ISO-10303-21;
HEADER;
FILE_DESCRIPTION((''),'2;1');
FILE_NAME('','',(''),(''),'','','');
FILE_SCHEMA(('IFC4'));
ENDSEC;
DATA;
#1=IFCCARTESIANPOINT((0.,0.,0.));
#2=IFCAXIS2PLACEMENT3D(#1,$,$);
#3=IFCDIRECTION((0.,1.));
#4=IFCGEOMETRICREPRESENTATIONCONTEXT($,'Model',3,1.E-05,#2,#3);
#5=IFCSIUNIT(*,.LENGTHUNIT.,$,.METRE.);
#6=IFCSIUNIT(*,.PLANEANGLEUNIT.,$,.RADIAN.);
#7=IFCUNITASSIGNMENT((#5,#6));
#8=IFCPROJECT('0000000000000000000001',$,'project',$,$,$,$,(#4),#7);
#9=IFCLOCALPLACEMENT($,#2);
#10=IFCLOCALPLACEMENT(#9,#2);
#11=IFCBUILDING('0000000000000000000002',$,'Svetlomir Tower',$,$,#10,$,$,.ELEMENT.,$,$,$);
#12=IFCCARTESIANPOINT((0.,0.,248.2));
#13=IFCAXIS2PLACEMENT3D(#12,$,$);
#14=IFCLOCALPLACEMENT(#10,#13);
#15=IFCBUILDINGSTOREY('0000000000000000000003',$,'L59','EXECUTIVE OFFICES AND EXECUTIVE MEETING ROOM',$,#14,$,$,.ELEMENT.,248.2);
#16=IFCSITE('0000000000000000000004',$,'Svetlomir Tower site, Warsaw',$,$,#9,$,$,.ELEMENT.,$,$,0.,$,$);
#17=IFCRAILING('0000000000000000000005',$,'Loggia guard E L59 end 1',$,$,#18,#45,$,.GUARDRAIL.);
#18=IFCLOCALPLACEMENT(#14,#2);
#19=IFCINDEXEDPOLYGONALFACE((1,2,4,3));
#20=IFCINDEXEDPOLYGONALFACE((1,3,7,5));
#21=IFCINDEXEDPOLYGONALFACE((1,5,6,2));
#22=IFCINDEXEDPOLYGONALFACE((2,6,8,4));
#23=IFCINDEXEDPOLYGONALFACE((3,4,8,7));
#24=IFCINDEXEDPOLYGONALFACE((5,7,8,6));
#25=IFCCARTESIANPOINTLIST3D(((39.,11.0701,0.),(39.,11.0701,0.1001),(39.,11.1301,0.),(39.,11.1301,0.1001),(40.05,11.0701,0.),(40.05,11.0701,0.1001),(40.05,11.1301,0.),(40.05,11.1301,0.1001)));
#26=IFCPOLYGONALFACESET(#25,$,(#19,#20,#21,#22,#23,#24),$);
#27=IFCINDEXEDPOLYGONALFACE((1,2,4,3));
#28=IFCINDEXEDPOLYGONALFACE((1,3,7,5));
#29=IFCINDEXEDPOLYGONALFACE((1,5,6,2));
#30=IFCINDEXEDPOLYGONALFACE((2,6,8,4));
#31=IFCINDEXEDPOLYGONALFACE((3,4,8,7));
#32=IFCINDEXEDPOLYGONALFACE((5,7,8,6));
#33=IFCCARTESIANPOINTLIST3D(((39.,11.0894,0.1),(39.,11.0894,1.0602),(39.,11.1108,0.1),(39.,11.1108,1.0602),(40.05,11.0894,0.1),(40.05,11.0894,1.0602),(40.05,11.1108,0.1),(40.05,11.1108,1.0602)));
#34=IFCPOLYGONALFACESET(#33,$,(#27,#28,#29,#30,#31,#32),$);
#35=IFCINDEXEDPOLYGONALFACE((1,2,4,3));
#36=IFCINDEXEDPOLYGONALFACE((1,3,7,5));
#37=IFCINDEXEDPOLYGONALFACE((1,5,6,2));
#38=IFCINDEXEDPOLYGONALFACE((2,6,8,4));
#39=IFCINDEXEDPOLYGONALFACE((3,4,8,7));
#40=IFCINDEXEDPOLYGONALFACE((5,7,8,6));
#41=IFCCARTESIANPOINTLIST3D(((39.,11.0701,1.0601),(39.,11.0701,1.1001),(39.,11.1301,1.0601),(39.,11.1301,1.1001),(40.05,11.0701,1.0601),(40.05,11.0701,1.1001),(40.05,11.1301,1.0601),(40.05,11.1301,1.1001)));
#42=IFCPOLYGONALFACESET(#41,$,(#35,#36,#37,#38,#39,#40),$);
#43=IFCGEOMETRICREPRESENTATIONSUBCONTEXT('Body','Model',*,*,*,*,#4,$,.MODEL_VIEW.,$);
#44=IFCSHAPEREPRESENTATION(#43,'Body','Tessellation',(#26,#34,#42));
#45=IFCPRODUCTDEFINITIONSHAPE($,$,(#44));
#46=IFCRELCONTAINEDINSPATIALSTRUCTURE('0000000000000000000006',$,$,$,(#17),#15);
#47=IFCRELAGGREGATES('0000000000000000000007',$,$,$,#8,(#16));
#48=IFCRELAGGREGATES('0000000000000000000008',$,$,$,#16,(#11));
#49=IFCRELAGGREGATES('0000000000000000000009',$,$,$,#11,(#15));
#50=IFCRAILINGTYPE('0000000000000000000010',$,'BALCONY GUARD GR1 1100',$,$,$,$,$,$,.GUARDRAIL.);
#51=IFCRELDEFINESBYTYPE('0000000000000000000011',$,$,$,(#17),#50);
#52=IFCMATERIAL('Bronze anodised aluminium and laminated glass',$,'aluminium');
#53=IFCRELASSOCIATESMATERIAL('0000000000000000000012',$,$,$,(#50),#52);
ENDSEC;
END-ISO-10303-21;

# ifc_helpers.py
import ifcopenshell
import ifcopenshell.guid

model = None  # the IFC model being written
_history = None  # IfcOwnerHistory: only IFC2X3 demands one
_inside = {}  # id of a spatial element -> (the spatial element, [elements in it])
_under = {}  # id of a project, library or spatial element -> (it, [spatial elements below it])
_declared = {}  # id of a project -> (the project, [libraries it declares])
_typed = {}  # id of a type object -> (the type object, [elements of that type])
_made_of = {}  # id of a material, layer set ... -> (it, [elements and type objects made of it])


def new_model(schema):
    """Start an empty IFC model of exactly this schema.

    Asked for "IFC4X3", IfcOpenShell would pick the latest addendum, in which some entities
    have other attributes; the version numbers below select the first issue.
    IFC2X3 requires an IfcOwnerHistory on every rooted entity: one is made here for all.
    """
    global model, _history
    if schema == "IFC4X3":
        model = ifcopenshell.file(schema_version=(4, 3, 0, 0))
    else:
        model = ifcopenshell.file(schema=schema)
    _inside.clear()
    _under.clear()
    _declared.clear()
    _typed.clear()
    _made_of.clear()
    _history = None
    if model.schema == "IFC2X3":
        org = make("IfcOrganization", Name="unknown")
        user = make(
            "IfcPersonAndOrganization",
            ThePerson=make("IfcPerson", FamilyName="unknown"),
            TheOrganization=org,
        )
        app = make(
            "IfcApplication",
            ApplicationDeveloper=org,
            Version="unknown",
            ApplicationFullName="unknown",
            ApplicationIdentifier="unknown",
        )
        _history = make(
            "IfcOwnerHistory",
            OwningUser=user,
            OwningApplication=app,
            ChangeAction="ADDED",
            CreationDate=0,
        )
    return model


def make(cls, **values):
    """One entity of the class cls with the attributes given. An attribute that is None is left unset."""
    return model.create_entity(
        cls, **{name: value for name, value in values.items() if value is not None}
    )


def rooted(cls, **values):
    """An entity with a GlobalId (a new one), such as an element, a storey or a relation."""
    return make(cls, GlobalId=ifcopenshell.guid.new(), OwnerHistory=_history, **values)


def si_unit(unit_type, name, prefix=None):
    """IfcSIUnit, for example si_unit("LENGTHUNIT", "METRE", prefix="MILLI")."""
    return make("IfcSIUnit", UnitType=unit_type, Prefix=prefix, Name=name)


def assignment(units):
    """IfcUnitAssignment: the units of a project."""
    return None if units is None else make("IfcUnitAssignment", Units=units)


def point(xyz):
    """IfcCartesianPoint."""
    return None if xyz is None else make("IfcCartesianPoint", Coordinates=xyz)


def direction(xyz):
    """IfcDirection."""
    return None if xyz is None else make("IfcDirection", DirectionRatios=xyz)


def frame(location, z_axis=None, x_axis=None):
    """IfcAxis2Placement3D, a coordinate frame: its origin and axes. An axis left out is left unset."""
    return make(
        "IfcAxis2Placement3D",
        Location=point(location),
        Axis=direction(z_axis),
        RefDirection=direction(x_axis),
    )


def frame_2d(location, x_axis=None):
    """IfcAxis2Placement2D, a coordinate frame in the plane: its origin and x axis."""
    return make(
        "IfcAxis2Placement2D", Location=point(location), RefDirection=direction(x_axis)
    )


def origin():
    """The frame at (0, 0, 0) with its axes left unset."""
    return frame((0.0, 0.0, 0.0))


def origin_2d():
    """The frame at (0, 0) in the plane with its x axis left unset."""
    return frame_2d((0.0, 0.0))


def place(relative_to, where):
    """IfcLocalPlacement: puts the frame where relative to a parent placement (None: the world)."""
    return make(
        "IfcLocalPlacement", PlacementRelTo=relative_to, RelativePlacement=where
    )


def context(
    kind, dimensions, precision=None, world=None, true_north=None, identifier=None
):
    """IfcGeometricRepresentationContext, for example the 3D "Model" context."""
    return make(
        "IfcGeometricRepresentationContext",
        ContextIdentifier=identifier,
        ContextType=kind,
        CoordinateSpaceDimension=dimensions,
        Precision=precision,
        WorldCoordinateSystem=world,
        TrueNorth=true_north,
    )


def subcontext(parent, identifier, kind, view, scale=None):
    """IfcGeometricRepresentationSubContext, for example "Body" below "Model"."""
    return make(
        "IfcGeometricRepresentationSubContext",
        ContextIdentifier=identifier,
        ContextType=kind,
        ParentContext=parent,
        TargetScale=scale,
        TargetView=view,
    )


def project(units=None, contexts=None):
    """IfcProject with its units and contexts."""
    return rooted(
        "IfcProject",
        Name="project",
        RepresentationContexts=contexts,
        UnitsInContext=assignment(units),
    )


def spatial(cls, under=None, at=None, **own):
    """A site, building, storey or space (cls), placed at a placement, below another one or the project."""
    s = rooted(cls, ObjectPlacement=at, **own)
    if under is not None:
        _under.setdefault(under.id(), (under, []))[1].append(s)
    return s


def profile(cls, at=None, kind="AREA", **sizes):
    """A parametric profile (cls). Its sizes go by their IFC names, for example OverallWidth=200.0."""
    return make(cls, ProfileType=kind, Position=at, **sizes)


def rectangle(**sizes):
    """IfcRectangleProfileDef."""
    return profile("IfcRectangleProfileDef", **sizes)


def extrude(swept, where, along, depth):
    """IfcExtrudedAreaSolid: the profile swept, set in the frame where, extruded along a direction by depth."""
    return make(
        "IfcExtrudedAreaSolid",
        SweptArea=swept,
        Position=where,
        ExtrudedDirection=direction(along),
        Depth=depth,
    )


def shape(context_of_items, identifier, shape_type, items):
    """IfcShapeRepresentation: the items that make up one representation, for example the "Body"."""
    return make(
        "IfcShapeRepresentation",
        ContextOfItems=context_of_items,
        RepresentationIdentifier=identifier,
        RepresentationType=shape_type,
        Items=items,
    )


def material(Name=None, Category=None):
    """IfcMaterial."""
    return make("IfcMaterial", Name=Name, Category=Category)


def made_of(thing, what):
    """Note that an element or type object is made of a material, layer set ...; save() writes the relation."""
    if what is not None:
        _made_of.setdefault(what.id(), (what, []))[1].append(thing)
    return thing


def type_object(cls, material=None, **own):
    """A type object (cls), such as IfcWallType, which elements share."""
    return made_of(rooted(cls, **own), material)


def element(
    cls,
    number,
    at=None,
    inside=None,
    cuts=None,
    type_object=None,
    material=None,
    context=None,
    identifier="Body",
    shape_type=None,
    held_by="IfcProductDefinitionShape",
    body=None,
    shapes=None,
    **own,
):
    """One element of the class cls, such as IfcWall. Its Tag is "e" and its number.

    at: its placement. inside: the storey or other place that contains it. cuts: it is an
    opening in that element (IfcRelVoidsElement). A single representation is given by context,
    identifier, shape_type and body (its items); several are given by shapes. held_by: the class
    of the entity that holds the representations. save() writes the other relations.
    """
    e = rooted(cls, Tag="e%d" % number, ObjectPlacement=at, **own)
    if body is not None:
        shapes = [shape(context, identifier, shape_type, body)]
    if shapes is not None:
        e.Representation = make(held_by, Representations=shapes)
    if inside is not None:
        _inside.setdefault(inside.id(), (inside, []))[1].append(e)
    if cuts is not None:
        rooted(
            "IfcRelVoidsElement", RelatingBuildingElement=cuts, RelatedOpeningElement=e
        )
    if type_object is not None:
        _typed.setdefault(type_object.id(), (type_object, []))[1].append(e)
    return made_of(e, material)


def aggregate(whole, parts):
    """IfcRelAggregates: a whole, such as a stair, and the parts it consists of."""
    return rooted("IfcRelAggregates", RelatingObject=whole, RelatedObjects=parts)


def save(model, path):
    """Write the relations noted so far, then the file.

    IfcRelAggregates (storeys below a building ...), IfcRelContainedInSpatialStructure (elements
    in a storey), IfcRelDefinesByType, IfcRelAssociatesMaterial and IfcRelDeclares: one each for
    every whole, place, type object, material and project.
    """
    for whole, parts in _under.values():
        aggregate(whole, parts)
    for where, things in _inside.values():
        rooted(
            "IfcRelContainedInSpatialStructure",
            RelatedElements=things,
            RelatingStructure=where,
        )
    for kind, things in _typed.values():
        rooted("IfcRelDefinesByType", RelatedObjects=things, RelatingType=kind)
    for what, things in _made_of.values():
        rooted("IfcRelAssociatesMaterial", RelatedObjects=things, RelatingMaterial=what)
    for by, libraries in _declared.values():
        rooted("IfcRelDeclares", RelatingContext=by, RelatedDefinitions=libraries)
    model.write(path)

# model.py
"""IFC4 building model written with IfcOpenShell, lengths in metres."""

from ifc_helpers import new_model, si_unit, direction, frame, origin, origin_2d, place, context, subcontext, project, spatial, rectangle, extrude, material, type_object, element, save


model = new_model("IFC4")

# Units and contexts
model_context = context("Model", 3, precision=1e-05, world=origin(), true_north=direction((0.0, 1.0)))
body_context = subcontext(model_context, "Body", "Model", "MODEL_VIEW")
ifc_project = project(units=[si_unit("LENGTHUNIT", "METRE"), si_unit("PLANEANGLEUNIT", "RADIAN")], contexts=[model_context])

# Site, building, storey
site_placement = place(None, origin())
site = spatial("IfcSite", under=ifc_project, at=site_placement, Name="Svetlomir Tower site, Warsaw", CompositionType="ELEMENT", RefElevation=0.0)
building_placement = place(site_placement, origin())
building = spatial("IfcBuilding", under=site, at=building_placement, Name="Svetlomir Tower", CompositionType="ELEMENT")
storey_placement = place(building_placement, frame((0.0, 0.0, 248.2)))
storey = spatial("IfcBuildingStorey", under=building, at=storey_placement, Name="L59", Description="EXECUTIVE OFFICES AND EXECUTIVE MEETING ROOM", CompositionType="ELEMENT", Elevation=248.2)

# Railing
ifc_material_1 = material(Name="Bronze anodised aluminium and laminated glass", Category="aluminium")
railing_type = type_object("IfcRailingType", Name="BALCONY GUARD GR1 1100", PredefinedType="GUARDRAIL", material=ifc_material_1)
railing_placement = place(storey_placement, frame((40.05, 11.1001, 0.0)))
element("IfcRailing", 1, at=railing_placement, inside=storey, type_object=railing_type, Name="Loggia guard E L59 end 1", PredefinedType="GUARDRAIL", context=body_context, shape_type="SweptSolid", body=[
    extrude(rectangle(XDim=0.0601, YDim=0.1001, at=origin_2d()), frame((0.0, 0.0, 0.05), z_axis=(-1.0, 0.0, 0.0), x_axis=(0.0, -1.0, 0.0)), (0.0, 0.0, 1.0), 1.05),
    extrude(rectangle(XDim=0.0215, YDim=0.9602, at=origin_2d()), frame((0.0, 0.0, 0.5801), z_axis=(-1.0, 0.0, 0.0), x_axis=(0.0, -1.0, 0.0)), (0.0, 0.0, 1.0), 1.05),
    extrude(rectangle(XDim=0.0601, YDim=0.04, at=origin_2d()), frame((0.0, 0.0, 1.0801), z_axis=(-1.0, 0.0, 0.0), x_axis=(0.0, -1.0, 0.0)), (0.0, 0.0, 1.0), 1.05),
])

save(model, "model.ifc")
